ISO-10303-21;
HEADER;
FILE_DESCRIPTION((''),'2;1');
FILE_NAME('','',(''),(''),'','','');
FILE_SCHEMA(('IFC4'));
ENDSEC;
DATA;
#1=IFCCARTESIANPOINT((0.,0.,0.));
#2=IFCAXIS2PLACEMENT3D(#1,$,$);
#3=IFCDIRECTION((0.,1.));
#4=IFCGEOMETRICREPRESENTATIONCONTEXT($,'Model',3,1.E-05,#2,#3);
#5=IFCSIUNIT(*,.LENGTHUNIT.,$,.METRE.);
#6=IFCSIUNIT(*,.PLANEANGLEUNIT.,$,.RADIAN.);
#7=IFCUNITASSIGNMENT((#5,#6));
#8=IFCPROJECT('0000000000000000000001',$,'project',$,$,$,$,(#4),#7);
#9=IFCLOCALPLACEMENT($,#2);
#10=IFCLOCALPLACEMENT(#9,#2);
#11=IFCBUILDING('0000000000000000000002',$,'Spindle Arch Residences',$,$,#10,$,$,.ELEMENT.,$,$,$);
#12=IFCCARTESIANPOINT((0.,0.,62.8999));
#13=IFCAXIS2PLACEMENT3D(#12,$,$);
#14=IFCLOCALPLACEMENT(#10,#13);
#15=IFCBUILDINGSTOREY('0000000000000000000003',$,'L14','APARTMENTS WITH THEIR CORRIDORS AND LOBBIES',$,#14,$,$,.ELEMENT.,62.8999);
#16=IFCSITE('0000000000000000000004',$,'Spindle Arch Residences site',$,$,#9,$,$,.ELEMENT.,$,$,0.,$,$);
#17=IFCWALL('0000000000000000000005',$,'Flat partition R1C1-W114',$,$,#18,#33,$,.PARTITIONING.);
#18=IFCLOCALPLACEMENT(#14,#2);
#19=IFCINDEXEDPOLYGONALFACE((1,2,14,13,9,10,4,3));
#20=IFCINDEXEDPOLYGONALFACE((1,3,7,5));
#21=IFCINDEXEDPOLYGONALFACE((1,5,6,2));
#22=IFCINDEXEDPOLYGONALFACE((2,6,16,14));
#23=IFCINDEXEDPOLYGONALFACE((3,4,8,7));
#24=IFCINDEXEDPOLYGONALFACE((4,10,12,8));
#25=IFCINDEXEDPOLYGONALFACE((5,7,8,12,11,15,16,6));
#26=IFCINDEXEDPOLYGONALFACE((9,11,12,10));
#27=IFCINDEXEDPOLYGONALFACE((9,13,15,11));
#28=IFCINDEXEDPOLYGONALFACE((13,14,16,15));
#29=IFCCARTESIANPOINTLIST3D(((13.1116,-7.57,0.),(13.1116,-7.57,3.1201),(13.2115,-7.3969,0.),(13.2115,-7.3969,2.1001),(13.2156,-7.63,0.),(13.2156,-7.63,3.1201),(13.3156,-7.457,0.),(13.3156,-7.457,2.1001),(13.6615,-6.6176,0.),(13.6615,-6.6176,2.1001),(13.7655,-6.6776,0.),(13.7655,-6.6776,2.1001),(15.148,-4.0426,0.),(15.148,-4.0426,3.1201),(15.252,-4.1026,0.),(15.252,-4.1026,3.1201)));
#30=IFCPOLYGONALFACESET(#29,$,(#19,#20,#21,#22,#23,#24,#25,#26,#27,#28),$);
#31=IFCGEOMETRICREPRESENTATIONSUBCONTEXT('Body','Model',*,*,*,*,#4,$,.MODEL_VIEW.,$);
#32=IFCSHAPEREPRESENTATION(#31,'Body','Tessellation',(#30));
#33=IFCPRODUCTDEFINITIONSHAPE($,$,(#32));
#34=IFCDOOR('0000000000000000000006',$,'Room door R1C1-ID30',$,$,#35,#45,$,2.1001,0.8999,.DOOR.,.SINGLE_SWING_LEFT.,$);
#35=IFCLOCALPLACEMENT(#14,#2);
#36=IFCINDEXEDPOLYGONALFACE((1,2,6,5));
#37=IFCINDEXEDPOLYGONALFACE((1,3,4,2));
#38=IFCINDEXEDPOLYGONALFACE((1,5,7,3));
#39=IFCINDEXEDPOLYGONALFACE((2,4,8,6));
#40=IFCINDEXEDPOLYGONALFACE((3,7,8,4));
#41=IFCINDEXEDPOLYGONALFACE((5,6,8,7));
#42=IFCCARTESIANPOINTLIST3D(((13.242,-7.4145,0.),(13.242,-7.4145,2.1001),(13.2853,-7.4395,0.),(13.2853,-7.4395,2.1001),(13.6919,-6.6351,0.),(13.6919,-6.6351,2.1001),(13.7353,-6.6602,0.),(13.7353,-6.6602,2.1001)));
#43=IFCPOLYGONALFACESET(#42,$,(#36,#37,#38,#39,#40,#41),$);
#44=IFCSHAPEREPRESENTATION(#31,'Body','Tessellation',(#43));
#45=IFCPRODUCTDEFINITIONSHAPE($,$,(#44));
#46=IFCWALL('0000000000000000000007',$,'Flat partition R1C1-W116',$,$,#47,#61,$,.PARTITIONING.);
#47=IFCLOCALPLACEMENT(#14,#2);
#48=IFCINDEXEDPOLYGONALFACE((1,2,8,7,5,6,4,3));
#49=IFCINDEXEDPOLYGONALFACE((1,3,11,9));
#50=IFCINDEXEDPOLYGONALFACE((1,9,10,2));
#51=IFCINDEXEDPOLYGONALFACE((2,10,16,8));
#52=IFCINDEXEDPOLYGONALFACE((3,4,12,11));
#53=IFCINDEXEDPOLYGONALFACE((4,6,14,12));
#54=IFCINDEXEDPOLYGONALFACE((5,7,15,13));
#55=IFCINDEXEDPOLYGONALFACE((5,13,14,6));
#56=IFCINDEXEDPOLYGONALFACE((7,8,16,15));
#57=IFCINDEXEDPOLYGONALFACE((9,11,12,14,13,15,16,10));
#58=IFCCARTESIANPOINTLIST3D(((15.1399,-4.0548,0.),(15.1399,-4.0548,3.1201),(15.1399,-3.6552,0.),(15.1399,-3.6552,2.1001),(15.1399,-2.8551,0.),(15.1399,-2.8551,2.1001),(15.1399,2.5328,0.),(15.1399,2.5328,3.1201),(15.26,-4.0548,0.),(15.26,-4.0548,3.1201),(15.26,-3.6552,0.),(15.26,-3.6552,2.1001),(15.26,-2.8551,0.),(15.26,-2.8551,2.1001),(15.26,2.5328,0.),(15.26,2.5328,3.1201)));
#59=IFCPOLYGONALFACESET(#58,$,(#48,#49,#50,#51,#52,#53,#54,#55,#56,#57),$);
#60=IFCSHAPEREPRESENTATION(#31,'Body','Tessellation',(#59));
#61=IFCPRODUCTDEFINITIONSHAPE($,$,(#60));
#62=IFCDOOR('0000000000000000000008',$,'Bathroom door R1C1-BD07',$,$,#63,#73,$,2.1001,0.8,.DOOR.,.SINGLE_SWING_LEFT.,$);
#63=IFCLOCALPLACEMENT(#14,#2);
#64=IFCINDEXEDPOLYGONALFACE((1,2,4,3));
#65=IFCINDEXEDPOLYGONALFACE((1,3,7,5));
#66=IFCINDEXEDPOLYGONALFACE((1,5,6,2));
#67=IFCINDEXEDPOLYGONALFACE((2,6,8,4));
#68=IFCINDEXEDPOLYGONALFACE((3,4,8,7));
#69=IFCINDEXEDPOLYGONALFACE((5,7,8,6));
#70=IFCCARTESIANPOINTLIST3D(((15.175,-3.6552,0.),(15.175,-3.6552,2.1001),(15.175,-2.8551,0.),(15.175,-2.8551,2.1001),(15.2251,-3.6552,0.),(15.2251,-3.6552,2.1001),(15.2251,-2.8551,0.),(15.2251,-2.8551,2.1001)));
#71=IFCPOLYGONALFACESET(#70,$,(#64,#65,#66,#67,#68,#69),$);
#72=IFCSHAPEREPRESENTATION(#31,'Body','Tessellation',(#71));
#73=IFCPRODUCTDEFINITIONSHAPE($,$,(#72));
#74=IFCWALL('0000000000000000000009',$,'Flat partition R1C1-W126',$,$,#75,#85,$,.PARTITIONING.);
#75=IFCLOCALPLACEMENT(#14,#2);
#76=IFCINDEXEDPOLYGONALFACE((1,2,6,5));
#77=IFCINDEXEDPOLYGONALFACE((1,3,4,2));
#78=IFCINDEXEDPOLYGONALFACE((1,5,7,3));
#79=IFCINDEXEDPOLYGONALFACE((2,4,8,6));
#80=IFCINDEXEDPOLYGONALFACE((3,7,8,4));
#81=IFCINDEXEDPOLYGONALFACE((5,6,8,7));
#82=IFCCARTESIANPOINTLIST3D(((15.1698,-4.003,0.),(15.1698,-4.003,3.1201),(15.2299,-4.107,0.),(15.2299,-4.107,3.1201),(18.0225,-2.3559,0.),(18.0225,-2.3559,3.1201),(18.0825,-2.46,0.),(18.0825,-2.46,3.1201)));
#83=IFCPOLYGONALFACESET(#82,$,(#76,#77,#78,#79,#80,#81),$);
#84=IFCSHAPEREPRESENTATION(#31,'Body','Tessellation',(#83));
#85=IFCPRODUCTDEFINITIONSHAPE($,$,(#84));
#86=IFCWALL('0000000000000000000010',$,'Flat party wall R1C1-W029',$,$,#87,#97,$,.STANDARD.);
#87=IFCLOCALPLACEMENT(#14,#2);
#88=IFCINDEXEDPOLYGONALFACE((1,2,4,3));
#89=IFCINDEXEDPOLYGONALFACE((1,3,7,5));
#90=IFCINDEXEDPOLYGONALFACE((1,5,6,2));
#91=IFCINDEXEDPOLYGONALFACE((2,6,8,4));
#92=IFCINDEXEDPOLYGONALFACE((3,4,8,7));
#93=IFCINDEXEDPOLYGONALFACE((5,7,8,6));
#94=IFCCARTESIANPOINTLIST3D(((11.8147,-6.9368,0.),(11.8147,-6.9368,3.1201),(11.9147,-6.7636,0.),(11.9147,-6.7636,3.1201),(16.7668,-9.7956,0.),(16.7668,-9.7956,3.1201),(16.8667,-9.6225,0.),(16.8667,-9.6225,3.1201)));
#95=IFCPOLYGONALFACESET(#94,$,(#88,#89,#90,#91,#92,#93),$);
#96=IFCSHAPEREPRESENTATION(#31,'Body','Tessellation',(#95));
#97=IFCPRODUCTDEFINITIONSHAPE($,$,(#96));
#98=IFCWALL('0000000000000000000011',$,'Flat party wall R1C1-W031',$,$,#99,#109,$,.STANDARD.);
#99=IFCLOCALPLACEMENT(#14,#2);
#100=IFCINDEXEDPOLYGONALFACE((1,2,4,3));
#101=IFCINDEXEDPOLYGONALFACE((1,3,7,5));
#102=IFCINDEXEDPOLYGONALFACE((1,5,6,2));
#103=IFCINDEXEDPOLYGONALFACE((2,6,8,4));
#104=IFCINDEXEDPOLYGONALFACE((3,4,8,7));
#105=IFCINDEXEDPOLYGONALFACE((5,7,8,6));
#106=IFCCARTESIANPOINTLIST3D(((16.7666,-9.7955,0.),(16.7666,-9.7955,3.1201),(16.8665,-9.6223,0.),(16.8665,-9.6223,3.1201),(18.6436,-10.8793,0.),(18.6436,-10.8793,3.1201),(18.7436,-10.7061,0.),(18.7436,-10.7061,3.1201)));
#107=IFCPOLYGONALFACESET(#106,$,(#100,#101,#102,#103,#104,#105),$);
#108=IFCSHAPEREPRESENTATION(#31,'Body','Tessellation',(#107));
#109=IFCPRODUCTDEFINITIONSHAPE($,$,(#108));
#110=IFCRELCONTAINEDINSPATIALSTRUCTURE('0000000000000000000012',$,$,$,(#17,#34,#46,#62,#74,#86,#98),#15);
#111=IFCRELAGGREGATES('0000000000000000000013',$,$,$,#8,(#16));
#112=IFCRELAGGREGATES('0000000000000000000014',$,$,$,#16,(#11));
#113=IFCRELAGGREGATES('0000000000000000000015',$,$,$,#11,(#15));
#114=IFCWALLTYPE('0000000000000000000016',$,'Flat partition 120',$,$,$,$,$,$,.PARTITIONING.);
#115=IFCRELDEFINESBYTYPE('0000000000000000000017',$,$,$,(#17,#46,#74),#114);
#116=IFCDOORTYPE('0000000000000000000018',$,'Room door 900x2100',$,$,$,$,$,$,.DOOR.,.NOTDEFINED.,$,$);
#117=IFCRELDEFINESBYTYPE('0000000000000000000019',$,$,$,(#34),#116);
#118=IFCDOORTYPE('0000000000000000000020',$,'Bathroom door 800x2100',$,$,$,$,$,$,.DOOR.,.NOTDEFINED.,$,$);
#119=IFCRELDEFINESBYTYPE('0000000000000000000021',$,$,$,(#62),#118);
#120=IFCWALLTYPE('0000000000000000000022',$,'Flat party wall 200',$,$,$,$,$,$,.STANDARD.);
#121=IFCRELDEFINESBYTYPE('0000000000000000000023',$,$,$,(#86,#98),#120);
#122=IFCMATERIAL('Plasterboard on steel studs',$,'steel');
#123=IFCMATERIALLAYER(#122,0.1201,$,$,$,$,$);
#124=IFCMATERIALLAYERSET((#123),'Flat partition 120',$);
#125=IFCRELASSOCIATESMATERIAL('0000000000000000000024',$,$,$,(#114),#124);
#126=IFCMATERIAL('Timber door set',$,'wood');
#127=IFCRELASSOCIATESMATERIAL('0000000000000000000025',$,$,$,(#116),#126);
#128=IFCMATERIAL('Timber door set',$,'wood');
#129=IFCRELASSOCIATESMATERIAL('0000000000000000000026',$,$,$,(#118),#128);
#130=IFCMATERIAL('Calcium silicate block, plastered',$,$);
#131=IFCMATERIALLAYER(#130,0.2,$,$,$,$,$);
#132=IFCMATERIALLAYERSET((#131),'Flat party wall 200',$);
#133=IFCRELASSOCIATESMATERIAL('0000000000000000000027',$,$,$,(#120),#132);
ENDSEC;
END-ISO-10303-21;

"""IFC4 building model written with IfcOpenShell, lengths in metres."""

from ifc_helpers import new_model, si_unit, direction, frame, frame_2d, origin, place, context, subcontext, project, spatial, rectangle, extrude, material, layer, layer_set, type_object, element, fill, save


model = new_model("IFC4")

# Units and contexts
model_context = context("Model", 3, precision=1e-05, world=origin(), true_north=direction((0.0, 1.0)))
body_context = subcontext(model_context, "Body", "Model", "MODEL_VIEW")
ifc_project = project(units=[si_unit("LENGTHUNIT", "METRE"), si_unit("PLANEANGLEUNIT", "RADIAN")], contexts=[model_context])

# Site, building, storey
site_placement = place(None, origin())
site = spatial("IfcSite", under=ifc_project, at=site_placement, Name="Spindle Arch Residences site", CompositionType="ELEMENT", RefElevation=0.0)
building_placement = place(site_placement, origin())
building = spatial("IfcBuilding", under=site, at=building_placement, Name="Spindle Arch Residences", CompositionType="ELEMENT")
storey_placement = place(building_placement, frame((0.0, 0.0, 62.8999)))
storey = spatial("IfcBuildingStorey", under=building, at=storey_placement, Name="L14", Description="APARTMENTS WITH THEIR CORRIDORS AND LOBBIES", CompositionType="ELEMENT", Elevation=62.8999)

# Shared definitions
ifc_material_1 = material(Name="Plasterboard on steel studs", Category="steel")
ifc_layer_1 = layer(ifc_material_1, 0.1201)
ifc_layer_set_1 = layer_set([ifc_layer_1], Name="Flat partition 120")
wall_type_1 = type_object("IfcWallType", Name="Flat partition 120", PredefinedType="PARTITIONING", material=ifc_layer_set_1)

# Walls, openings, doors
wall_1_placement = place(storey_placement, frame((13.1636, -7.6001, 0.0), z_axis=(0.0, 0.0, 1.0), x_axis=(0.499975, 0.86604, 0.0)))
wall_1 = element("IfcWall", 1, at=wall_1_placement, inside=storey, type_object=wall_type_1, Name="Flat partition R1C1-W114", PredefinedType="PARTITIONING", context=body_context, shape_type="SweptSolid", body=[
    extrude(rectangle(XDim=4.073, YDim=0.1201, at=frame_2d((2.0366, 0.0))), origin(), (0.0, 0.0, 1.0), 3.1201),
])
opening_1_placement = place(wall_1_placement, frame((0.2, 0.0, 0.0)))
opening_1 = element("IfcOpeningElement", 2, at=opening_1_placement, cuts=wall_1, PredefinedType="OPENING", context=body_context, shape_type="SweptSolid", body=[
    extrude(rectangle(XDim=0.8999, YDim=2.1001, at=frame_2d((0.45, 1.05))), frame((0.0, 0.0701, 0.0), z_axis=(0.0, -1.0, 0.0), x_axis=(1.0, 0.0, 0.0)), (0.0, 0.0, 1.0), 0.1401),
])
ifc_material_2 = material(Name="Timber door set", Category="wood")
door_type_1 = type_object("IfcDoorType", Name="Room door 900x2100", OperationType="NOTDEFINED", PredefinedType="DOOR", material=ifc_material_2)
door_1_placement = place(opening_1_placement, origin())
door_1 = element("IfcDoor", 3, at=door_1_placement, inside=storey, type_object=door_type_1, Name="Room door R1C1-ID30", OperationType="SINGLE_SWING_LEFT", OverallHeight=2.1001, OverallWidth=0.8999, PredefinedType="DOOR", context=body_context, shape_type="SweptSolid", body=[
    extrude(rectangle(XDim=0.8999, YDim=2.1001, at=frame_2d((0.45, 1.05))), frame((0.0, 0.0249, 0.0), z_axis=(0.0, -1.0, 0.0), x_axis=(1.0, 0.0, 0.0)), (0.0, 0.0, 1.0), 0.05),
])
fill(opening_1, door_1)
wall_2_placement = place(storey_placement, frame((15.2, -4.0549, 0.0), z_axis=(0.0, 0.0, 1.0), x_axis=(0.0, 1.0, 0.0)))
wall_2 = element("IfcWall", 4, at=wall_2_placement, inside=storey, type_object=wall_type_1, Name="Flat partition R1C1-W116", PredefinedType="PARTITIONING", context=body_context, shape_type="SweptSolid", body=[
    extrude(rectangle(XDim=6.5876, YDim=0.1201, at=frame_2d((3.2939, 0.0))), origin(), (0.0, 0.0, 1.0), 3.1201),
])
opening_2_placement = place(wall_2_placement, frame((0.3999, 0.0, 0.0)))
opening_2 = element("IfcOpeningElement", 5, at=opening_2_placement, cuts=wall_2, PredefinedType="OPENING", context=body_context, shape_type="SweptSolid", body=[
    extrude(rectangle(XDim=0.8, YDim=2.1001, at=frame_2d((0.3999, 1.05))), frame((0.0, 0.0701, 0.0), z_axis=(0.0, -1.0, 0.0), x_axis=(1.0, 0.0, 0.0)), (0.0, 0.0, 1.0), 0.1401),
])
ifc_material_3 = material(Name="Timber door set", Category="wood")
door_type_2 = type_object("IfcDoorType", Name="Bathroom door 800x2100", OperationType="NOTDEFINED", PredefinedType="DOOR", material=ifc_material_3)
door_2_placement = place(opening_2_placement, origin())
door_2 = element("IfcDoor", 6, at=door_2_placement, inside=storey, type_object=door_type_2, Name="Bathroom door R1C1-BD07", OperationType="SINGLE_SWING_LEFT", OverallHeight=2.1001, OverallWidth=0.8, PredefinedType="DOOR", context=body_context, shape_type="SweptSolid", body=[
    extrude(rectangle(XDim=0.8, YDim=2.1001, at=frame_2d((0.3999, 1.05))), frame((0.0, 0.0249, 0.0), z_axis=(0.0, -1.0, 0.0), x_axis=(1.0, 0.0, 0.0)), (0.0, 0.0, 1.0), 0.05),
])
fill(opening_2, door_2)

# Walls
wall_3_placement = place(storey_placement, frame((18.0525, -2.408, 0.0), z_axis=(0.0, 0.0, 1.0), x_axis=(-0.866018, -0.500013, 0.0)))
element("IfcWall", 7, at=wall_3_placement, inside=storey, type_object=wall_type_1, Name="Flat partition R1C1-W126", PredefinedType="PARTITIONING", context=body_context, shape_type="SweptSolid", body=[
    extrude(rectangle(XDim=3.2939, YDim=0.1201, at=frame_2d((1.647, 0.0))), origin(), (0.0, 0.0, 1.0), 3.1201),
])
ifc_material_4 = material(Name="Calcium silicate block, plastered")
ifc_layer_2 = layer(ifc_material_4, 0.2)
ifc_layer_set_2 = layer_set([ifc_layer_2], Name="Flat party wall 200")
wall_type_2 = type_object("IfcWallType", Name="Flat party wall 200", PredefinedType="STANDARD", material=ifc_layer_set_2)
wall_4_placement = place(storey_placement, frame((16.8167, -9.709, 0.0), z_axis=(0.0, 0.0, 1.0), x_axis=(-0.866043, 0.499969, 0.0)))
element("IfcWall", 8, at=wall_4_placement, inside=storey, type_object=wall_type_2, Name="Flat party wall R1C1-W029", PredefinedType="STANDARD", context=body_context, shape_type="SweptSolid", body=[
    extrude(rectangle(XDim=5.718, YDim=0.2, at=frame_2d((2.8589, 0.0))), origin(), (0.0, 0.0, 1.0), 3.1201),
])
wall_5_placement = place(storey_placement, frame((18.6936, -10.7927, 0.0), z_axis=(0.0, 0.0, 1.0), x_axis=(-0.866009, 0.500028, 0.0)))
element("IfcWall", 9, at=wall_5_placement, inside=storey, type_object=wall_type_2, Name="Flat party wall R1C1-W031", PredefinedType="STANDARD", context=body_context, shape_type="SweptSolid", body=[
    extrude(rectangle(XDim=2.1675, YDim=0.2, at=frame_2d((1.0837, 0.0))), origin(), (0.0, 0.0, 1.0), 3.1201),
])

save(model, "model.ifc")
